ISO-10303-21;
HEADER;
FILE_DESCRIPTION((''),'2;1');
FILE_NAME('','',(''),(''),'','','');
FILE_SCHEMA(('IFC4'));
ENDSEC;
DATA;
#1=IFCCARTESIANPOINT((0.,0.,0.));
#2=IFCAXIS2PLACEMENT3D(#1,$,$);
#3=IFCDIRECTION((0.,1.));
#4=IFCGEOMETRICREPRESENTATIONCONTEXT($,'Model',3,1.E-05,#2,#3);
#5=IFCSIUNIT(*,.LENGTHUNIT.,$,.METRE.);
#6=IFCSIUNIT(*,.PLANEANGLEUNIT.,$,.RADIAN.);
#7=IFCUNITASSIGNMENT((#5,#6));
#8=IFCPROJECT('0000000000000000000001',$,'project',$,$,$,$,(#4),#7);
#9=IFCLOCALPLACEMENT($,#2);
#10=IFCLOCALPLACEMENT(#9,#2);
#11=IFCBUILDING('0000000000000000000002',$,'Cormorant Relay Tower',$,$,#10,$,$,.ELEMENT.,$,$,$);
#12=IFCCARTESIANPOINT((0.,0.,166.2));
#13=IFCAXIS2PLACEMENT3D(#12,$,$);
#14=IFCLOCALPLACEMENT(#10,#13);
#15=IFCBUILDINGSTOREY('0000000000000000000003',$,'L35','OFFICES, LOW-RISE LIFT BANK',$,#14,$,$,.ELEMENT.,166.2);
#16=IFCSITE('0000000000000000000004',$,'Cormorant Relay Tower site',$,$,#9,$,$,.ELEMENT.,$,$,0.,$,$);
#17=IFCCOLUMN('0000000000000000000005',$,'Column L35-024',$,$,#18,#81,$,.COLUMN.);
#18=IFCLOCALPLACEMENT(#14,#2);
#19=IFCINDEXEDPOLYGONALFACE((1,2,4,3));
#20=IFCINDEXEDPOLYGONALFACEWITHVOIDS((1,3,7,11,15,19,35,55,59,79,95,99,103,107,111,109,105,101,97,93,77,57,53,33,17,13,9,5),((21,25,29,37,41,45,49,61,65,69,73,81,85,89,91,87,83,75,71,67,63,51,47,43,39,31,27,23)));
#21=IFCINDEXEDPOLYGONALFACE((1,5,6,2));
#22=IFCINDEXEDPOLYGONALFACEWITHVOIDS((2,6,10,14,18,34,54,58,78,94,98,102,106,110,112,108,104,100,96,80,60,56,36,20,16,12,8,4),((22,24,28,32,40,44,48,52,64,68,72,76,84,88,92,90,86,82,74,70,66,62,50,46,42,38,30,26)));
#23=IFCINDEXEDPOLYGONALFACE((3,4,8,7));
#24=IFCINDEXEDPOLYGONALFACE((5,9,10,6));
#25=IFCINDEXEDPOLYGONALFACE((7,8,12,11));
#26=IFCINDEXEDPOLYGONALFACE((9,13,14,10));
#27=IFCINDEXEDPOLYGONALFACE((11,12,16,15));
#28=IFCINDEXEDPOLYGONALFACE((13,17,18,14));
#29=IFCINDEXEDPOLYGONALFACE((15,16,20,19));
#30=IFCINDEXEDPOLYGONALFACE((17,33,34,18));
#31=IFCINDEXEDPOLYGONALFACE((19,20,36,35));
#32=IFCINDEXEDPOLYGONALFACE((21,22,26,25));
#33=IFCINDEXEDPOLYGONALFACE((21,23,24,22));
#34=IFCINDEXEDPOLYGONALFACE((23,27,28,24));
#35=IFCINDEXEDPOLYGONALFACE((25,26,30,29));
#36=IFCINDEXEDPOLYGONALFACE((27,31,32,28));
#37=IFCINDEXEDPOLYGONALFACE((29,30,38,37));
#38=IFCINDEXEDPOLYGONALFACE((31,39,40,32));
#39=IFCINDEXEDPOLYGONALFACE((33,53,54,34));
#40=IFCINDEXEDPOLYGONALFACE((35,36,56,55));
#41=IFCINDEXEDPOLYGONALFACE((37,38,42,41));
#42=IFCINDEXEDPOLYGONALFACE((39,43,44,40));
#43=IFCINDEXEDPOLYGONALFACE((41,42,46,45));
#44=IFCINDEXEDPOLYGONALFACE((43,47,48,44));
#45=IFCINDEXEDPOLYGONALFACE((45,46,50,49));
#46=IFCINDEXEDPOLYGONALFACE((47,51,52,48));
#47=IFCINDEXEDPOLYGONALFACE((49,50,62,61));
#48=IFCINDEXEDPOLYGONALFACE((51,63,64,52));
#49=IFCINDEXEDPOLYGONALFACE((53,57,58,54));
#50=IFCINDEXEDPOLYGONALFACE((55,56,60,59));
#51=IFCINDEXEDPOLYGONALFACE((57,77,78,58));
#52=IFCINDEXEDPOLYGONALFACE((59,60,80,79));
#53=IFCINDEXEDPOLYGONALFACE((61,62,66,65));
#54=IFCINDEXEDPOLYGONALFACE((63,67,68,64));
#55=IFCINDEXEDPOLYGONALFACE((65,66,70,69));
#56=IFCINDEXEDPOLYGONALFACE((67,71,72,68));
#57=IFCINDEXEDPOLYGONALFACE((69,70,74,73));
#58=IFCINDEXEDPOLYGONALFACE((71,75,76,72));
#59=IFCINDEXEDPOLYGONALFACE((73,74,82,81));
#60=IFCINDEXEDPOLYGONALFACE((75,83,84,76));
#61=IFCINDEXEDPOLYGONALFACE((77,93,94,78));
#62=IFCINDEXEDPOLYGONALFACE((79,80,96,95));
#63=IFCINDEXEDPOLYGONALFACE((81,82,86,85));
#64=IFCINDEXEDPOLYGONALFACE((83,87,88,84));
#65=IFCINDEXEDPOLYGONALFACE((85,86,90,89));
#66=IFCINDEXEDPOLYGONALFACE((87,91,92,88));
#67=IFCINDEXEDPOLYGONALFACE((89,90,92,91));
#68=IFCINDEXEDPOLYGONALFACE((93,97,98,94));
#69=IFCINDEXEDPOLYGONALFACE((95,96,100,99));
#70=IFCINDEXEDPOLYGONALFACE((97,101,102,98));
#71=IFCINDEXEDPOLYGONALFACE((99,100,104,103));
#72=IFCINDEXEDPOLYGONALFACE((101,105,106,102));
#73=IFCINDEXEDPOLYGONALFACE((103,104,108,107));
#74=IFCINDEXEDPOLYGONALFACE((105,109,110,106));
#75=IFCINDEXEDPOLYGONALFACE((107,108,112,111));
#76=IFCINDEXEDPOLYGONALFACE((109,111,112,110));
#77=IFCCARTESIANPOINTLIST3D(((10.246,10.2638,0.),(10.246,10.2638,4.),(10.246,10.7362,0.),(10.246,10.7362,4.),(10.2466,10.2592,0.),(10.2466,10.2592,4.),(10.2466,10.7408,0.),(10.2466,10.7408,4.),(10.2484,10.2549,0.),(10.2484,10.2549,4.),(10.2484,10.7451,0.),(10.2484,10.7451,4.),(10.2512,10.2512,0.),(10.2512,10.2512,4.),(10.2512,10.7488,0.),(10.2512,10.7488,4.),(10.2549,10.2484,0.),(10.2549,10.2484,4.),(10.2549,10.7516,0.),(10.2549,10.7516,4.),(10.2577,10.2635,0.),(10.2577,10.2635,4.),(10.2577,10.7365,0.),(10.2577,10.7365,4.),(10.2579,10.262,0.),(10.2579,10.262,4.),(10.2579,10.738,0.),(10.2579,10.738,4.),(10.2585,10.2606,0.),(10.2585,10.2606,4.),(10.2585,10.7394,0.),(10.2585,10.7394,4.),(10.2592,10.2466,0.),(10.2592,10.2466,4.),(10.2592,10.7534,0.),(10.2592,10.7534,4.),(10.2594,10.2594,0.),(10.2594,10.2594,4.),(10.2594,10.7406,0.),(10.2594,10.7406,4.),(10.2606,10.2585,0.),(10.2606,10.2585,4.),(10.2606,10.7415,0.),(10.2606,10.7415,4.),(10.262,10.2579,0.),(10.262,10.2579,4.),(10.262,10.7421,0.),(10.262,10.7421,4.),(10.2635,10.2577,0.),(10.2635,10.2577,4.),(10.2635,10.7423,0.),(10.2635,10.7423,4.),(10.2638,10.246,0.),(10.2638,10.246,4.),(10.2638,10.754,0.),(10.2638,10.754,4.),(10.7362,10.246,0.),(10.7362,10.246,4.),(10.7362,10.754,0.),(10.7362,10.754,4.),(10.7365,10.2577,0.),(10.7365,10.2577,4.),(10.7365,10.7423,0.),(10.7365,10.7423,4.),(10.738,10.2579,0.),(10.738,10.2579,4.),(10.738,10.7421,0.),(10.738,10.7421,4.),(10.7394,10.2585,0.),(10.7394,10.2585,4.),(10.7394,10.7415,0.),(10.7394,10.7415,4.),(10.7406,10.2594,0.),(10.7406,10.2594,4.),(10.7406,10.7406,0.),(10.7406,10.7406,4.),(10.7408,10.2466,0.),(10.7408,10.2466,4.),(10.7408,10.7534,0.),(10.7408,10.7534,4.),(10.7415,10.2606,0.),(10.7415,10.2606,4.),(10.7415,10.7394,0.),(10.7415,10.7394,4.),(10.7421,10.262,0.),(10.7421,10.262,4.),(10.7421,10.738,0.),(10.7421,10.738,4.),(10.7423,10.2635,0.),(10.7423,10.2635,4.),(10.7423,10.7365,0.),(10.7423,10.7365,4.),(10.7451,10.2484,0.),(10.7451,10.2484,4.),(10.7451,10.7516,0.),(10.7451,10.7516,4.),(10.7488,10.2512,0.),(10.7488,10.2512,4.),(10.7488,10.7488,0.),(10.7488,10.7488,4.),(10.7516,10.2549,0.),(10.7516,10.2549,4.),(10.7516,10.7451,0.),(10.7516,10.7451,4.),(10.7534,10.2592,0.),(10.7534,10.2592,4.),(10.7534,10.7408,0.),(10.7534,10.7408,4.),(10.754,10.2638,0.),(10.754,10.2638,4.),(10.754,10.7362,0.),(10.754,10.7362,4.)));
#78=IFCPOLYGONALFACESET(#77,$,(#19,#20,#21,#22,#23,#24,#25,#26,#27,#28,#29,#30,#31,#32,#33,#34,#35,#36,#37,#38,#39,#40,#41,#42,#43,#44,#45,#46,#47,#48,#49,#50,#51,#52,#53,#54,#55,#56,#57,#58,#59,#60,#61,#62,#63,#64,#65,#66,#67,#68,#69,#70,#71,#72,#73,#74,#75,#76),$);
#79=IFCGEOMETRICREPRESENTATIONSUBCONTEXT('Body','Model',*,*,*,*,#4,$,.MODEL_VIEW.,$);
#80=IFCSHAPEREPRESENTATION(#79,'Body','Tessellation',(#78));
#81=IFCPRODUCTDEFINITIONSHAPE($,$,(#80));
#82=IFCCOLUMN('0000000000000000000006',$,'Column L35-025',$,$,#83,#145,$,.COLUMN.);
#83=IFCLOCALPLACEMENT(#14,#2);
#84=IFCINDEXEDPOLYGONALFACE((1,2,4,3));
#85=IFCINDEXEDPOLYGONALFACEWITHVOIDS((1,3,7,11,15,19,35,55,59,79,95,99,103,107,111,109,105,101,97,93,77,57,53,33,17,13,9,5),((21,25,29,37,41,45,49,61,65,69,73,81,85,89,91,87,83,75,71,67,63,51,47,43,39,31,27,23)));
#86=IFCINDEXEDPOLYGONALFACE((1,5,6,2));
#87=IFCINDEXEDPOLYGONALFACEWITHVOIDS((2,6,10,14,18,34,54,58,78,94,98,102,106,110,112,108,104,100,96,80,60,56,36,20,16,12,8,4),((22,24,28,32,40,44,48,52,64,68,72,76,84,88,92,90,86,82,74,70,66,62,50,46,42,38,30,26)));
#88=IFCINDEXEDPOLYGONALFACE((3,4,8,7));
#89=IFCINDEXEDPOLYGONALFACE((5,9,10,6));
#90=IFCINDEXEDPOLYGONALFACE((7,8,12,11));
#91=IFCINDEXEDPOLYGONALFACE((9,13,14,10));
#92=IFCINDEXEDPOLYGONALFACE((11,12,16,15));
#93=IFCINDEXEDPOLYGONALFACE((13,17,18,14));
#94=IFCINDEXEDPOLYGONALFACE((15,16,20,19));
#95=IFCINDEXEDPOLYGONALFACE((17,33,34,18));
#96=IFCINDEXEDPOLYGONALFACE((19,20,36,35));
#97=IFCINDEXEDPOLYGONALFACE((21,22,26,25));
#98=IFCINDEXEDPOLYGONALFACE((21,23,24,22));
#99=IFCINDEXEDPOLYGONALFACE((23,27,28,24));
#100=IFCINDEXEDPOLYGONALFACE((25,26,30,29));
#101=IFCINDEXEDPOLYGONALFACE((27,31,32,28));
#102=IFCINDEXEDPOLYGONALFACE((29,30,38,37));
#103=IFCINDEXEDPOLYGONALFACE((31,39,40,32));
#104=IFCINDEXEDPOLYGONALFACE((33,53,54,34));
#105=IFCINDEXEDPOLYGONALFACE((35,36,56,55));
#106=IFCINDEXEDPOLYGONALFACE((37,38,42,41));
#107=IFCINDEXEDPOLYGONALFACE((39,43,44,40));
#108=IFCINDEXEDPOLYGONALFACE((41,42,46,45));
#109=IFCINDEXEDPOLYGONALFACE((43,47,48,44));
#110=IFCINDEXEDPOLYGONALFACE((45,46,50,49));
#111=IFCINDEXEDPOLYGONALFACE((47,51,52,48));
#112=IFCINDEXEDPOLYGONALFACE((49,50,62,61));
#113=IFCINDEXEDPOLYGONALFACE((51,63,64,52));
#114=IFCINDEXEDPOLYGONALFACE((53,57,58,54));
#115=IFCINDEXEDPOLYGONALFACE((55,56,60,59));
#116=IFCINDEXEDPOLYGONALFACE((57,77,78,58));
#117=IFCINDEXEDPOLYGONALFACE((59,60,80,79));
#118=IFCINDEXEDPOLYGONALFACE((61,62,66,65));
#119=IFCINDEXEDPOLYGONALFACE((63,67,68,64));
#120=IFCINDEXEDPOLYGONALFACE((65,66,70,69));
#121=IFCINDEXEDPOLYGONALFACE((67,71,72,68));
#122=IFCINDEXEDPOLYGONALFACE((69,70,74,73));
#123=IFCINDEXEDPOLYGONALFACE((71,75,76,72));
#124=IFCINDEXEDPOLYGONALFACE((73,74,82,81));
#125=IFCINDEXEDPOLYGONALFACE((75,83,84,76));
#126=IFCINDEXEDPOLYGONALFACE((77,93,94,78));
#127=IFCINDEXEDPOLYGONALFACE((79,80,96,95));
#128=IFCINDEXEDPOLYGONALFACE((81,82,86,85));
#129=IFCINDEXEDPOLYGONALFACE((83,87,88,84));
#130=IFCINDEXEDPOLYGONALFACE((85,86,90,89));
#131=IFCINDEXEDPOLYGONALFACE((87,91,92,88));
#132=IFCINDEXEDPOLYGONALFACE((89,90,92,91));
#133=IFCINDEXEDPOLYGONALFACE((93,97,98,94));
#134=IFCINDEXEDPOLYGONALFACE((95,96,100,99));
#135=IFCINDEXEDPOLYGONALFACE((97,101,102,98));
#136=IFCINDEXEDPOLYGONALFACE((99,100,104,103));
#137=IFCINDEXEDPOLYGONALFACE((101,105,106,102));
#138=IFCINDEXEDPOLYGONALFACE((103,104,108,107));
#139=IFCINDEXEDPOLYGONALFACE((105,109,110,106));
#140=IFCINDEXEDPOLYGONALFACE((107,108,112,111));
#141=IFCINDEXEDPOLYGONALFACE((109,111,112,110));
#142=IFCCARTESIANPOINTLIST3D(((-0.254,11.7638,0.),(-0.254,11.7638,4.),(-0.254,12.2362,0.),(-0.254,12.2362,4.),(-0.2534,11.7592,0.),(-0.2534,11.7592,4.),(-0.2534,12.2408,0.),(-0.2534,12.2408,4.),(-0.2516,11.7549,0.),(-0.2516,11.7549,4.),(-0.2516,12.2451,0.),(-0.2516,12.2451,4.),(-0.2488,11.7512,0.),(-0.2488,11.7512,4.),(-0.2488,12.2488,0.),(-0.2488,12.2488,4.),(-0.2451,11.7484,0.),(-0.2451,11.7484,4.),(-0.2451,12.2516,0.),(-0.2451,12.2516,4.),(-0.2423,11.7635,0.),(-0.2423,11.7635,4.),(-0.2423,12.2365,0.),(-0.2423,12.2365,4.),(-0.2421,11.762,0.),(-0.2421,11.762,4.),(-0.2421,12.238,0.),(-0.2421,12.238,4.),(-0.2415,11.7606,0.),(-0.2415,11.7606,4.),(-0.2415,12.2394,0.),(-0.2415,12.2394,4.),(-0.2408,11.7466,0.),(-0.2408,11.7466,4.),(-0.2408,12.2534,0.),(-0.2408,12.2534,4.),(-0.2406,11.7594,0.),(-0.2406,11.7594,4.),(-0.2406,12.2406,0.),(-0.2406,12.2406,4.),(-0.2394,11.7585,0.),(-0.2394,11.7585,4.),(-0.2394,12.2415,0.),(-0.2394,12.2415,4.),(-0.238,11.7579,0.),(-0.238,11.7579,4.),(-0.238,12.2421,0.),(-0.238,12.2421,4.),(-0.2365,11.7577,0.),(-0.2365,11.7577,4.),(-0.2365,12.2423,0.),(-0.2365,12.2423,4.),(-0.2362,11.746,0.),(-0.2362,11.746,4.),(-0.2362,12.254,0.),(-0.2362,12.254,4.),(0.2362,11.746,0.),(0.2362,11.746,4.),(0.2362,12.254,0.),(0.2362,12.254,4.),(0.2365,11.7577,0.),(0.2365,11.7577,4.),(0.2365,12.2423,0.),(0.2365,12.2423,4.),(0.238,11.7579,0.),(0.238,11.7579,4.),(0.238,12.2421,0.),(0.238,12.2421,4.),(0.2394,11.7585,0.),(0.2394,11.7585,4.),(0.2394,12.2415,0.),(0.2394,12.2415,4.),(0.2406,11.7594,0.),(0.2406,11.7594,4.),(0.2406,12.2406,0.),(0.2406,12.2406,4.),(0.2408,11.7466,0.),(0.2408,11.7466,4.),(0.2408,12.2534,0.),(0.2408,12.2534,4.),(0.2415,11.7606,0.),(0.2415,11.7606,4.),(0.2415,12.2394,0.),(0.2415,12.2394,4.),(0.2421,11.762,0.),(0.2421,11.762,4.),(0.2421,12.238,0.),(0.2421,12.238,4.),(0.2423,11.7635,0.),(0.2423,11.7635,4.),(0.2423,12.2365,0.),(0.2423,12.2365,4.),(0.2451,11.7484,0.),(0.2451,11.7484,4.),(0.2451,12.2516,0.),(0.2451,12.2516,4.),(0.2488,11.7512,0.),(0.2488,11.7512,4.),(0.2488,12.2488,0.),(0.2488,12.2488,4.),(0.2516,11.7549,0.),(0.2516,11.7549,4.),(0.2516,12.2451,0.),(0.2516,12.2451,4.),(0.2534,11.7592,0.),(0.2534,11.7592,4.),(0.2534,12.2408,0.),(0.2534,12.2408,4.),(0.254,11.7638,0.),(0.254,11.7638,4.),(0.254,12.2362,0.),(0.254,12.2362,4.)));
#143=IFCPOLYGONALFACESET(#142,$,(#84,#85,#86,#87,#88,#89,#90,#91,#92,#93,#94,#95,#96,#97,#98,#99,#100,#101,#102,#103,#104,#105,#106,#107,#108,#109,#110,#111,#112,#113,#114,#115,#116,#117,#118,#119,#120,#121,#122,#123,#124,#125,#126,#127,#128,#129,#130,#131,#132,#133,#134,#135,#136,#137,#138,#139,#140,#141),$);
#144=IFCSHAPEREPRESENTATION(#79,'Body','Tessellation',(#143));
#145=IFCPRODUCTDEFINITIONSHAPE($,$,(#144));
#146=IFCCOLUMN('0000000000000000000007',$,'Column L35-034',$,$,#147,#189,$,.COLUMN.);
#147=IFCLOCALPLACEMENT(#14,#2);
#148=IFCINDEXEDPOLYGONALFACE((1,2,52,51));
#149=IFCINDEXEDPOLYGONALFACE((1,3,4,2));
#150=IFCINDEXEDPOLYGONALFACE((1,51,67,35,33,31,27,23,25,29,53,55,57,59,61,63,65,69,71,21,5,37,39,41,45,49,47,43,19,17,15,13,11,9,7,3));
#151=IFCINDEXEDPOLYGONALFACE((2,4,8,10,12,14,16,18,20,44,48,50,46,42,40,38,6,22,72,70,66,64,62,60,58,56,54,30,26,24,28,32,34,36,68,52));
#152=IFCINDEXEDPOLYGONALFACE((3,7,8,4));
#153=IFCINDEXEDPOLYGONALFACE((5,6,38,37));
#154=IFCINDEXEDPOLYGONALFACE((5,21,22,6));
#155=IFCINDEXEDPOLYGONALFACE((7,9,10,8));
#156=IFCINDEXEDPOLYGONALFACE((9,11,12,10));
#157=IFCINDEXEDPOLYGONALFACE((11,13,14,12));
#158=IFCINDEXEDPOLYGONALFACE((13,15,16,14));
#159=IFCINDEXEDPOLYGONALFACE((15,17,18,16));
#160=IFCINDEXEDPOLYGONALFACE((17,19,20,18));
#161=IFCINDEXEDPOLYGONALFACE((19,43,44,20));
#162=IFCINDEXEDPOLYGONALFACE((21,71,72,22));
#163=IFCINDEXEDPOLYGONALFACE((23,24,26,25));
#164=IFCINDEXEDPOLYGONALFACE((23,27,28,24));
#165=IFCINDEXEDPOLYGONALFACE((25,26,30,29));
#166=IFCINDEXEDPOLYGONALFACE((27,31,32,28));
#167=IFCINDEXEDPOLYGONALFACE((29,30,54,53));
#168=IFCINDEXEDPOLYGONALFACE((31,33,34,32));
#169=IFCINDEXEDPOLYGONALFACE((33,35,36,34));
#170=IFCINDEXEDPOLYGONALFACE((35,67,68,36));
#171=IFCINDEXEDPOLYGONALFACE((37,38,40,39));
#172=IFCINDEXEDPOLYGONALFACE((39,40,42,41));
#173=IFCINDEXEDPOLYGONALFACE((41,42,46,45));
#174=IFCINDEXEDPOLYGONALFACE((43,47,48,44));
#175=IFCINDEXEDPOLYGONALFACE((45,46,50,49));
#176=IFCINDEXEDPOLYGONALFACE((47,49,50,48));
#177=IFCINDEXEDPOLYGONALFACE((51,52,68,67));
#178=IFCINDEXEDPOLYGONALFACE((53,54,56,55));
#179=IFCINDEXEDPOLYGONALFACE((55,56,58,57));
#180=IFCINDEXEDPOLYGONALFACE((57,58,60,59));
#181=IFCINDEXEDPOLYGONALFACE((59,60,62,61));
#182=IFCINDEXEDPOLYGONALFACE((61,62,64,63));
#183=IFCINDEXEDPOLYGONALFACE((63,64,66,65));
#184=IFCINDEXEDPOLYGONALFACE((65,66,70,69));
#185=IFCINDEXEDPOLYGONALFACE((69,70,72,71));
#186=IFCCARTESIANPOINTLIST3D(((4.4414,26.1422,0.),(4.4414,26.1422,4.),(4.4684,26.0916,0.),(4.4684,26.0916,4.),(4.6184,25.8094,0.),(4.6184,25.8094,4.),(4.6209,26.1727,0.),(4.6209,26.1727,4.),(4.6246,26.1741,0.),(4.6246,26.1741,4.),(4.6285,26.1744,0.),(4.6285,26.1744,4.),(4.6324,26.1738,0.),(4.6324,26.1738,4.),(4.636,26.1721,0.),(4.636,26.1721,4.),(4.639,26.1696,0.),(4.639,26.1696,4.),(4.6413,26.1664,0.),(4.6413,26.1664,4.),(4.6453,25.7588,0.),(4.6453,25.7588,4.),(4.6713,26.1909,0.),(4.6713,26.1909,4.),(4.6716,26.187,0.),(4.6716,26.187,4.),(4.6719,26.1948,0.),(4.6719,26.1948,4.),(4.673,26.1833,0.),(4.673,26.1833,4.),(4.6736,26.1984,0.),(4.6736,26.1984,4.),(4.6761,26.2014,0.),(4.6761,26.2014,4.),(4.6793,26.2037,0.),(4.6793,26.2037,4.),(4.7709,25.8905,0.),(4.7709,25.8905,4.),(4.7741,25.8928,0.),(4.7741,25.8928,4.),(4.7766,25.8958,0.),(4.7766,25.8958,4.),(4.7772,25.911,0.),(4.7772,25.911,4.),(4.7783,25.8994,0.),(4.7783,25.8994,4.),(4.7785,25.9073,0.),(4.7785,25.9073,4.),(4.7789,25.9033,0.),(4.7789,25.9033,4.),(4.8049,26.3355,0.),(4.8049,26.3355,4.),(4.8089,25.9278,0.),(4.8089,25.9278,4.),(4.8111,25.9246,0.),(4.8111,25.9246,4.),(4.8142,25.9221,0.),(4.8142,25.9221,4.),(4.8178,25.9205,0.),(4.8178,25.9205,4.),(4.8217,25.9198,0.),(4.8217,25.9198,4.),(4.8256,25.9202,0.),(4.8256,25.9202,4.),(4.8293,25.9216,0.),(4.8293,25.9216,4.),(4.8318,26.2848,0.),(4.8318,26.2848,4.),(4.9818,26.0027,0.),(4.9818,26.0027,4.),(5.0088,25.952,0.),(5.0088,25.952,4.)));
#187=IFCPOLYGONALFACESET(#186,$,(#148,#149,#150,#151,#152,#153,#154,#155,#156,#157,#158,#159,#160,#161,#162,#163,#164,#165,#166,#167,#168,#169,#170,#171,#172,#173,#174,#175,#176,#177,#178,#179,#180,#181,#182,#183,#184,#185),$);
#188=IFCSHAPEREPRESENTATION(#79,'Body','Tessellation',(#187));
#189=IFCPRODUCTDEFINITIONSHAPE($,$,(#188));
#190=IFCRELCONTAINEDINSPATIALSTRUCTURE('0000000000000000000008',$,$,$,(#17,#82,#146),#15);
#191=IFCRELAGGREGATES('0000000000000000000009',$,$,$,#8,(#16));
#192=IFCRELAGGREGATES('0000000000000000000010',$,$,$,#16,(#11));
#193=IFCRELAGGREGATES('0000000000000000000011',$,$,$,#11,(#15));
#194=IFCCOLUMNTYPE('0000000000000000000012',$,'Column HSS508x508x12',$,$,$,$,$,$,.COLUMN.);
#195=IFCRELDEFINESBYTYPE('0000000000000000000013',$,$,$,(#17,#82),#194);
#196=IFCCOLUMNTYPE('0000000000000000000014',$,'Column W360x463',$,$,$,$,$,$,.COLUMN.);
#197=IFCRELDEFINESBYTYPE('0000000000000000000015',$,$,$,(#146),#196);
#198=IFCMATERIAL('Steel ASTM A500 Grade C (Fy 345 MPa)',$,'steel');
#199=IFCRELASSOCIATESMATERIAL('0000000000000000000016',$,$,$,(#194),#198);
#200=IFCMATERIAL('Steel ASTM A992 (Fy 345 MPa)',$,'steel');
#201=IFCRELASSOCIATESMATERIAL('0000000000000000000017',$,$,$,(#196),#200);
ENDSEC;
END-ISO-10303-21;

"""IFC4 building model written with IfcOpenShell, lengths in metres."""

from ifc_helpers import new_model, si_unit, direction, frame, origin, origin_2d, place, context, subcontext, project, spatial, hollow_rectangle, i_section, extrude, material, material_profile, profile_set, type_object, element, save


model = new_model("IFC4")

# Units and contexts
model_context = context("Model", 3, precision=1e-05, world=origin(), true_north=direction((0.0, 1.0)))
body_context = subcontext(model_context, "Body", "Model", "MODEL_VIEW")
ifc_project = project(units=[si_unit("LENGTHUNIT", "METRE"), si_unit("PLANEANGLEUNIT", "RADIAN")], contexts=[model_context])

# Site, building, storey
site_placement = place(None, origin())
site = spatial("IfcSite", under=ifc_project, at=site_placement, Name="Cormorant Relay Tower site", CompositionType="ELEMENT", RefElevation=0.0)
building_placement = place(site_placement, origin())
building = spatial("IfcBuilding", under=site, at=building_placement, Name="Cormorant Relay Tower", CompositionType="ELEMENT")
storey_placement = place(building_placement, frame((0.0, 0.0, 166.2)))
storey = spatial("IfcBuildingStorey", under=building, at=storey_placement, Name="L35", Description="OFFICES, LOW-RISE LIFT BANK", CompositionType="ELEMENT", Elevation=166.2)

# Columns
ifc_material_1 = material(Name="Steel ASTM A500 Grade C (Fy 345 MPa)", Category="steel")
ifc_material_profile_1 = material_profile(ifc_material_1, hollow_rectangle(XDim=0.5081, YDim=0.5081, WallThickness=0.0117, InnerFilletRadius=0.0059, OuterFilletRadius=0.0178, at=origin_2d()), Name="HSS508x508x12")
ifc_profile_set_1 = profile_set([ifc_material_profile_1], Name="Steel ASTM A500 Grade C (Fy 345 MPa)")
column_type_1 = type_object("IfcColumnType", Name="Column HSS508x508x12", PredefinedType="COLUMN", material=ifc_profile_set_1)
for number, where, z_axis, x_axis, name in (
    (1, (10.5, 10.5, 0.0), (0.0, 0.0, 1.0), (1.0, 0.0, 0.0), "Column L35-024"),
    (2, (0.0, 12.0, 0.0), (0.0, 0.0, 1.0), (1.0, 0.0, 0.0), "Column L35-025"),
):
    element("IfcColumn", number, at=place(storey_placement, frame(where, z_axis=z_axis, x_axis=x_axis)), inside=storey, type_object=column_type_1, Name=name, PredefinedType="COLUMN", context=body_context, shape_type="SweptSolid", body=[
        extrude(hollow_rectangle(XDim=0.5081, YDim=0.5081, WallThickness=0.0117, InnerFilletRadius=0.0059, OuterFilletRadius=0.0178, at=origin_2d()), origin(), (0.0, 0.0, 1.0), 4.0),
    ])
ifc_material_2 = material(Name="Steel ASTM A992 (Fy 345 MPa)", Category="steel")
ifc_material_profile_2 = material_profile(ifc_material_2, i_section(OverallWidth=0.4116, OverallDepth=0.4343, WebThickness=0.0359, FlangeThickness=0.0574, FilletRadius=0.0151, at=origin_2d()), Name="W360x463")
ifc_profile_set_2 = profile_set([ifc_material_profile_2], Name="Steel ASTM A992 (Fy 345 MPa)")
column_type_2 = type_object("IfcColumnType", Name="Column W360x463", PredefinedType="COLUMN", material=ifc_profile_set_2)
for number, where, z_axis, x_axis, name in (
    (3, (4.7251, 26.0471, 0.0), (0.0, 0.0, 1.0), (-0.882948, -0.469472, 0.0), "Column L35-034"),
):
    element("IfcColumn", number, at=place(storey_placement, frame(where, z_axis=z_axis, x_axis=x_axis)), inside=storey, type_object=column_type_2, Name=name, PredefinedType="COLUMN", context=body_context, shape_type="SweptSolid", body=[
        extrude(i_section(OverallWidth=0.4116, OverallDepth=0.4343, WebThickness=0.0359, FlangeThickness=0.0574, FilletRadius=0.0151, at=origin_2d()), origin(), (0.0, 0.0, 1.0), 4.0),
    ])

save(model, "model.ifc")
